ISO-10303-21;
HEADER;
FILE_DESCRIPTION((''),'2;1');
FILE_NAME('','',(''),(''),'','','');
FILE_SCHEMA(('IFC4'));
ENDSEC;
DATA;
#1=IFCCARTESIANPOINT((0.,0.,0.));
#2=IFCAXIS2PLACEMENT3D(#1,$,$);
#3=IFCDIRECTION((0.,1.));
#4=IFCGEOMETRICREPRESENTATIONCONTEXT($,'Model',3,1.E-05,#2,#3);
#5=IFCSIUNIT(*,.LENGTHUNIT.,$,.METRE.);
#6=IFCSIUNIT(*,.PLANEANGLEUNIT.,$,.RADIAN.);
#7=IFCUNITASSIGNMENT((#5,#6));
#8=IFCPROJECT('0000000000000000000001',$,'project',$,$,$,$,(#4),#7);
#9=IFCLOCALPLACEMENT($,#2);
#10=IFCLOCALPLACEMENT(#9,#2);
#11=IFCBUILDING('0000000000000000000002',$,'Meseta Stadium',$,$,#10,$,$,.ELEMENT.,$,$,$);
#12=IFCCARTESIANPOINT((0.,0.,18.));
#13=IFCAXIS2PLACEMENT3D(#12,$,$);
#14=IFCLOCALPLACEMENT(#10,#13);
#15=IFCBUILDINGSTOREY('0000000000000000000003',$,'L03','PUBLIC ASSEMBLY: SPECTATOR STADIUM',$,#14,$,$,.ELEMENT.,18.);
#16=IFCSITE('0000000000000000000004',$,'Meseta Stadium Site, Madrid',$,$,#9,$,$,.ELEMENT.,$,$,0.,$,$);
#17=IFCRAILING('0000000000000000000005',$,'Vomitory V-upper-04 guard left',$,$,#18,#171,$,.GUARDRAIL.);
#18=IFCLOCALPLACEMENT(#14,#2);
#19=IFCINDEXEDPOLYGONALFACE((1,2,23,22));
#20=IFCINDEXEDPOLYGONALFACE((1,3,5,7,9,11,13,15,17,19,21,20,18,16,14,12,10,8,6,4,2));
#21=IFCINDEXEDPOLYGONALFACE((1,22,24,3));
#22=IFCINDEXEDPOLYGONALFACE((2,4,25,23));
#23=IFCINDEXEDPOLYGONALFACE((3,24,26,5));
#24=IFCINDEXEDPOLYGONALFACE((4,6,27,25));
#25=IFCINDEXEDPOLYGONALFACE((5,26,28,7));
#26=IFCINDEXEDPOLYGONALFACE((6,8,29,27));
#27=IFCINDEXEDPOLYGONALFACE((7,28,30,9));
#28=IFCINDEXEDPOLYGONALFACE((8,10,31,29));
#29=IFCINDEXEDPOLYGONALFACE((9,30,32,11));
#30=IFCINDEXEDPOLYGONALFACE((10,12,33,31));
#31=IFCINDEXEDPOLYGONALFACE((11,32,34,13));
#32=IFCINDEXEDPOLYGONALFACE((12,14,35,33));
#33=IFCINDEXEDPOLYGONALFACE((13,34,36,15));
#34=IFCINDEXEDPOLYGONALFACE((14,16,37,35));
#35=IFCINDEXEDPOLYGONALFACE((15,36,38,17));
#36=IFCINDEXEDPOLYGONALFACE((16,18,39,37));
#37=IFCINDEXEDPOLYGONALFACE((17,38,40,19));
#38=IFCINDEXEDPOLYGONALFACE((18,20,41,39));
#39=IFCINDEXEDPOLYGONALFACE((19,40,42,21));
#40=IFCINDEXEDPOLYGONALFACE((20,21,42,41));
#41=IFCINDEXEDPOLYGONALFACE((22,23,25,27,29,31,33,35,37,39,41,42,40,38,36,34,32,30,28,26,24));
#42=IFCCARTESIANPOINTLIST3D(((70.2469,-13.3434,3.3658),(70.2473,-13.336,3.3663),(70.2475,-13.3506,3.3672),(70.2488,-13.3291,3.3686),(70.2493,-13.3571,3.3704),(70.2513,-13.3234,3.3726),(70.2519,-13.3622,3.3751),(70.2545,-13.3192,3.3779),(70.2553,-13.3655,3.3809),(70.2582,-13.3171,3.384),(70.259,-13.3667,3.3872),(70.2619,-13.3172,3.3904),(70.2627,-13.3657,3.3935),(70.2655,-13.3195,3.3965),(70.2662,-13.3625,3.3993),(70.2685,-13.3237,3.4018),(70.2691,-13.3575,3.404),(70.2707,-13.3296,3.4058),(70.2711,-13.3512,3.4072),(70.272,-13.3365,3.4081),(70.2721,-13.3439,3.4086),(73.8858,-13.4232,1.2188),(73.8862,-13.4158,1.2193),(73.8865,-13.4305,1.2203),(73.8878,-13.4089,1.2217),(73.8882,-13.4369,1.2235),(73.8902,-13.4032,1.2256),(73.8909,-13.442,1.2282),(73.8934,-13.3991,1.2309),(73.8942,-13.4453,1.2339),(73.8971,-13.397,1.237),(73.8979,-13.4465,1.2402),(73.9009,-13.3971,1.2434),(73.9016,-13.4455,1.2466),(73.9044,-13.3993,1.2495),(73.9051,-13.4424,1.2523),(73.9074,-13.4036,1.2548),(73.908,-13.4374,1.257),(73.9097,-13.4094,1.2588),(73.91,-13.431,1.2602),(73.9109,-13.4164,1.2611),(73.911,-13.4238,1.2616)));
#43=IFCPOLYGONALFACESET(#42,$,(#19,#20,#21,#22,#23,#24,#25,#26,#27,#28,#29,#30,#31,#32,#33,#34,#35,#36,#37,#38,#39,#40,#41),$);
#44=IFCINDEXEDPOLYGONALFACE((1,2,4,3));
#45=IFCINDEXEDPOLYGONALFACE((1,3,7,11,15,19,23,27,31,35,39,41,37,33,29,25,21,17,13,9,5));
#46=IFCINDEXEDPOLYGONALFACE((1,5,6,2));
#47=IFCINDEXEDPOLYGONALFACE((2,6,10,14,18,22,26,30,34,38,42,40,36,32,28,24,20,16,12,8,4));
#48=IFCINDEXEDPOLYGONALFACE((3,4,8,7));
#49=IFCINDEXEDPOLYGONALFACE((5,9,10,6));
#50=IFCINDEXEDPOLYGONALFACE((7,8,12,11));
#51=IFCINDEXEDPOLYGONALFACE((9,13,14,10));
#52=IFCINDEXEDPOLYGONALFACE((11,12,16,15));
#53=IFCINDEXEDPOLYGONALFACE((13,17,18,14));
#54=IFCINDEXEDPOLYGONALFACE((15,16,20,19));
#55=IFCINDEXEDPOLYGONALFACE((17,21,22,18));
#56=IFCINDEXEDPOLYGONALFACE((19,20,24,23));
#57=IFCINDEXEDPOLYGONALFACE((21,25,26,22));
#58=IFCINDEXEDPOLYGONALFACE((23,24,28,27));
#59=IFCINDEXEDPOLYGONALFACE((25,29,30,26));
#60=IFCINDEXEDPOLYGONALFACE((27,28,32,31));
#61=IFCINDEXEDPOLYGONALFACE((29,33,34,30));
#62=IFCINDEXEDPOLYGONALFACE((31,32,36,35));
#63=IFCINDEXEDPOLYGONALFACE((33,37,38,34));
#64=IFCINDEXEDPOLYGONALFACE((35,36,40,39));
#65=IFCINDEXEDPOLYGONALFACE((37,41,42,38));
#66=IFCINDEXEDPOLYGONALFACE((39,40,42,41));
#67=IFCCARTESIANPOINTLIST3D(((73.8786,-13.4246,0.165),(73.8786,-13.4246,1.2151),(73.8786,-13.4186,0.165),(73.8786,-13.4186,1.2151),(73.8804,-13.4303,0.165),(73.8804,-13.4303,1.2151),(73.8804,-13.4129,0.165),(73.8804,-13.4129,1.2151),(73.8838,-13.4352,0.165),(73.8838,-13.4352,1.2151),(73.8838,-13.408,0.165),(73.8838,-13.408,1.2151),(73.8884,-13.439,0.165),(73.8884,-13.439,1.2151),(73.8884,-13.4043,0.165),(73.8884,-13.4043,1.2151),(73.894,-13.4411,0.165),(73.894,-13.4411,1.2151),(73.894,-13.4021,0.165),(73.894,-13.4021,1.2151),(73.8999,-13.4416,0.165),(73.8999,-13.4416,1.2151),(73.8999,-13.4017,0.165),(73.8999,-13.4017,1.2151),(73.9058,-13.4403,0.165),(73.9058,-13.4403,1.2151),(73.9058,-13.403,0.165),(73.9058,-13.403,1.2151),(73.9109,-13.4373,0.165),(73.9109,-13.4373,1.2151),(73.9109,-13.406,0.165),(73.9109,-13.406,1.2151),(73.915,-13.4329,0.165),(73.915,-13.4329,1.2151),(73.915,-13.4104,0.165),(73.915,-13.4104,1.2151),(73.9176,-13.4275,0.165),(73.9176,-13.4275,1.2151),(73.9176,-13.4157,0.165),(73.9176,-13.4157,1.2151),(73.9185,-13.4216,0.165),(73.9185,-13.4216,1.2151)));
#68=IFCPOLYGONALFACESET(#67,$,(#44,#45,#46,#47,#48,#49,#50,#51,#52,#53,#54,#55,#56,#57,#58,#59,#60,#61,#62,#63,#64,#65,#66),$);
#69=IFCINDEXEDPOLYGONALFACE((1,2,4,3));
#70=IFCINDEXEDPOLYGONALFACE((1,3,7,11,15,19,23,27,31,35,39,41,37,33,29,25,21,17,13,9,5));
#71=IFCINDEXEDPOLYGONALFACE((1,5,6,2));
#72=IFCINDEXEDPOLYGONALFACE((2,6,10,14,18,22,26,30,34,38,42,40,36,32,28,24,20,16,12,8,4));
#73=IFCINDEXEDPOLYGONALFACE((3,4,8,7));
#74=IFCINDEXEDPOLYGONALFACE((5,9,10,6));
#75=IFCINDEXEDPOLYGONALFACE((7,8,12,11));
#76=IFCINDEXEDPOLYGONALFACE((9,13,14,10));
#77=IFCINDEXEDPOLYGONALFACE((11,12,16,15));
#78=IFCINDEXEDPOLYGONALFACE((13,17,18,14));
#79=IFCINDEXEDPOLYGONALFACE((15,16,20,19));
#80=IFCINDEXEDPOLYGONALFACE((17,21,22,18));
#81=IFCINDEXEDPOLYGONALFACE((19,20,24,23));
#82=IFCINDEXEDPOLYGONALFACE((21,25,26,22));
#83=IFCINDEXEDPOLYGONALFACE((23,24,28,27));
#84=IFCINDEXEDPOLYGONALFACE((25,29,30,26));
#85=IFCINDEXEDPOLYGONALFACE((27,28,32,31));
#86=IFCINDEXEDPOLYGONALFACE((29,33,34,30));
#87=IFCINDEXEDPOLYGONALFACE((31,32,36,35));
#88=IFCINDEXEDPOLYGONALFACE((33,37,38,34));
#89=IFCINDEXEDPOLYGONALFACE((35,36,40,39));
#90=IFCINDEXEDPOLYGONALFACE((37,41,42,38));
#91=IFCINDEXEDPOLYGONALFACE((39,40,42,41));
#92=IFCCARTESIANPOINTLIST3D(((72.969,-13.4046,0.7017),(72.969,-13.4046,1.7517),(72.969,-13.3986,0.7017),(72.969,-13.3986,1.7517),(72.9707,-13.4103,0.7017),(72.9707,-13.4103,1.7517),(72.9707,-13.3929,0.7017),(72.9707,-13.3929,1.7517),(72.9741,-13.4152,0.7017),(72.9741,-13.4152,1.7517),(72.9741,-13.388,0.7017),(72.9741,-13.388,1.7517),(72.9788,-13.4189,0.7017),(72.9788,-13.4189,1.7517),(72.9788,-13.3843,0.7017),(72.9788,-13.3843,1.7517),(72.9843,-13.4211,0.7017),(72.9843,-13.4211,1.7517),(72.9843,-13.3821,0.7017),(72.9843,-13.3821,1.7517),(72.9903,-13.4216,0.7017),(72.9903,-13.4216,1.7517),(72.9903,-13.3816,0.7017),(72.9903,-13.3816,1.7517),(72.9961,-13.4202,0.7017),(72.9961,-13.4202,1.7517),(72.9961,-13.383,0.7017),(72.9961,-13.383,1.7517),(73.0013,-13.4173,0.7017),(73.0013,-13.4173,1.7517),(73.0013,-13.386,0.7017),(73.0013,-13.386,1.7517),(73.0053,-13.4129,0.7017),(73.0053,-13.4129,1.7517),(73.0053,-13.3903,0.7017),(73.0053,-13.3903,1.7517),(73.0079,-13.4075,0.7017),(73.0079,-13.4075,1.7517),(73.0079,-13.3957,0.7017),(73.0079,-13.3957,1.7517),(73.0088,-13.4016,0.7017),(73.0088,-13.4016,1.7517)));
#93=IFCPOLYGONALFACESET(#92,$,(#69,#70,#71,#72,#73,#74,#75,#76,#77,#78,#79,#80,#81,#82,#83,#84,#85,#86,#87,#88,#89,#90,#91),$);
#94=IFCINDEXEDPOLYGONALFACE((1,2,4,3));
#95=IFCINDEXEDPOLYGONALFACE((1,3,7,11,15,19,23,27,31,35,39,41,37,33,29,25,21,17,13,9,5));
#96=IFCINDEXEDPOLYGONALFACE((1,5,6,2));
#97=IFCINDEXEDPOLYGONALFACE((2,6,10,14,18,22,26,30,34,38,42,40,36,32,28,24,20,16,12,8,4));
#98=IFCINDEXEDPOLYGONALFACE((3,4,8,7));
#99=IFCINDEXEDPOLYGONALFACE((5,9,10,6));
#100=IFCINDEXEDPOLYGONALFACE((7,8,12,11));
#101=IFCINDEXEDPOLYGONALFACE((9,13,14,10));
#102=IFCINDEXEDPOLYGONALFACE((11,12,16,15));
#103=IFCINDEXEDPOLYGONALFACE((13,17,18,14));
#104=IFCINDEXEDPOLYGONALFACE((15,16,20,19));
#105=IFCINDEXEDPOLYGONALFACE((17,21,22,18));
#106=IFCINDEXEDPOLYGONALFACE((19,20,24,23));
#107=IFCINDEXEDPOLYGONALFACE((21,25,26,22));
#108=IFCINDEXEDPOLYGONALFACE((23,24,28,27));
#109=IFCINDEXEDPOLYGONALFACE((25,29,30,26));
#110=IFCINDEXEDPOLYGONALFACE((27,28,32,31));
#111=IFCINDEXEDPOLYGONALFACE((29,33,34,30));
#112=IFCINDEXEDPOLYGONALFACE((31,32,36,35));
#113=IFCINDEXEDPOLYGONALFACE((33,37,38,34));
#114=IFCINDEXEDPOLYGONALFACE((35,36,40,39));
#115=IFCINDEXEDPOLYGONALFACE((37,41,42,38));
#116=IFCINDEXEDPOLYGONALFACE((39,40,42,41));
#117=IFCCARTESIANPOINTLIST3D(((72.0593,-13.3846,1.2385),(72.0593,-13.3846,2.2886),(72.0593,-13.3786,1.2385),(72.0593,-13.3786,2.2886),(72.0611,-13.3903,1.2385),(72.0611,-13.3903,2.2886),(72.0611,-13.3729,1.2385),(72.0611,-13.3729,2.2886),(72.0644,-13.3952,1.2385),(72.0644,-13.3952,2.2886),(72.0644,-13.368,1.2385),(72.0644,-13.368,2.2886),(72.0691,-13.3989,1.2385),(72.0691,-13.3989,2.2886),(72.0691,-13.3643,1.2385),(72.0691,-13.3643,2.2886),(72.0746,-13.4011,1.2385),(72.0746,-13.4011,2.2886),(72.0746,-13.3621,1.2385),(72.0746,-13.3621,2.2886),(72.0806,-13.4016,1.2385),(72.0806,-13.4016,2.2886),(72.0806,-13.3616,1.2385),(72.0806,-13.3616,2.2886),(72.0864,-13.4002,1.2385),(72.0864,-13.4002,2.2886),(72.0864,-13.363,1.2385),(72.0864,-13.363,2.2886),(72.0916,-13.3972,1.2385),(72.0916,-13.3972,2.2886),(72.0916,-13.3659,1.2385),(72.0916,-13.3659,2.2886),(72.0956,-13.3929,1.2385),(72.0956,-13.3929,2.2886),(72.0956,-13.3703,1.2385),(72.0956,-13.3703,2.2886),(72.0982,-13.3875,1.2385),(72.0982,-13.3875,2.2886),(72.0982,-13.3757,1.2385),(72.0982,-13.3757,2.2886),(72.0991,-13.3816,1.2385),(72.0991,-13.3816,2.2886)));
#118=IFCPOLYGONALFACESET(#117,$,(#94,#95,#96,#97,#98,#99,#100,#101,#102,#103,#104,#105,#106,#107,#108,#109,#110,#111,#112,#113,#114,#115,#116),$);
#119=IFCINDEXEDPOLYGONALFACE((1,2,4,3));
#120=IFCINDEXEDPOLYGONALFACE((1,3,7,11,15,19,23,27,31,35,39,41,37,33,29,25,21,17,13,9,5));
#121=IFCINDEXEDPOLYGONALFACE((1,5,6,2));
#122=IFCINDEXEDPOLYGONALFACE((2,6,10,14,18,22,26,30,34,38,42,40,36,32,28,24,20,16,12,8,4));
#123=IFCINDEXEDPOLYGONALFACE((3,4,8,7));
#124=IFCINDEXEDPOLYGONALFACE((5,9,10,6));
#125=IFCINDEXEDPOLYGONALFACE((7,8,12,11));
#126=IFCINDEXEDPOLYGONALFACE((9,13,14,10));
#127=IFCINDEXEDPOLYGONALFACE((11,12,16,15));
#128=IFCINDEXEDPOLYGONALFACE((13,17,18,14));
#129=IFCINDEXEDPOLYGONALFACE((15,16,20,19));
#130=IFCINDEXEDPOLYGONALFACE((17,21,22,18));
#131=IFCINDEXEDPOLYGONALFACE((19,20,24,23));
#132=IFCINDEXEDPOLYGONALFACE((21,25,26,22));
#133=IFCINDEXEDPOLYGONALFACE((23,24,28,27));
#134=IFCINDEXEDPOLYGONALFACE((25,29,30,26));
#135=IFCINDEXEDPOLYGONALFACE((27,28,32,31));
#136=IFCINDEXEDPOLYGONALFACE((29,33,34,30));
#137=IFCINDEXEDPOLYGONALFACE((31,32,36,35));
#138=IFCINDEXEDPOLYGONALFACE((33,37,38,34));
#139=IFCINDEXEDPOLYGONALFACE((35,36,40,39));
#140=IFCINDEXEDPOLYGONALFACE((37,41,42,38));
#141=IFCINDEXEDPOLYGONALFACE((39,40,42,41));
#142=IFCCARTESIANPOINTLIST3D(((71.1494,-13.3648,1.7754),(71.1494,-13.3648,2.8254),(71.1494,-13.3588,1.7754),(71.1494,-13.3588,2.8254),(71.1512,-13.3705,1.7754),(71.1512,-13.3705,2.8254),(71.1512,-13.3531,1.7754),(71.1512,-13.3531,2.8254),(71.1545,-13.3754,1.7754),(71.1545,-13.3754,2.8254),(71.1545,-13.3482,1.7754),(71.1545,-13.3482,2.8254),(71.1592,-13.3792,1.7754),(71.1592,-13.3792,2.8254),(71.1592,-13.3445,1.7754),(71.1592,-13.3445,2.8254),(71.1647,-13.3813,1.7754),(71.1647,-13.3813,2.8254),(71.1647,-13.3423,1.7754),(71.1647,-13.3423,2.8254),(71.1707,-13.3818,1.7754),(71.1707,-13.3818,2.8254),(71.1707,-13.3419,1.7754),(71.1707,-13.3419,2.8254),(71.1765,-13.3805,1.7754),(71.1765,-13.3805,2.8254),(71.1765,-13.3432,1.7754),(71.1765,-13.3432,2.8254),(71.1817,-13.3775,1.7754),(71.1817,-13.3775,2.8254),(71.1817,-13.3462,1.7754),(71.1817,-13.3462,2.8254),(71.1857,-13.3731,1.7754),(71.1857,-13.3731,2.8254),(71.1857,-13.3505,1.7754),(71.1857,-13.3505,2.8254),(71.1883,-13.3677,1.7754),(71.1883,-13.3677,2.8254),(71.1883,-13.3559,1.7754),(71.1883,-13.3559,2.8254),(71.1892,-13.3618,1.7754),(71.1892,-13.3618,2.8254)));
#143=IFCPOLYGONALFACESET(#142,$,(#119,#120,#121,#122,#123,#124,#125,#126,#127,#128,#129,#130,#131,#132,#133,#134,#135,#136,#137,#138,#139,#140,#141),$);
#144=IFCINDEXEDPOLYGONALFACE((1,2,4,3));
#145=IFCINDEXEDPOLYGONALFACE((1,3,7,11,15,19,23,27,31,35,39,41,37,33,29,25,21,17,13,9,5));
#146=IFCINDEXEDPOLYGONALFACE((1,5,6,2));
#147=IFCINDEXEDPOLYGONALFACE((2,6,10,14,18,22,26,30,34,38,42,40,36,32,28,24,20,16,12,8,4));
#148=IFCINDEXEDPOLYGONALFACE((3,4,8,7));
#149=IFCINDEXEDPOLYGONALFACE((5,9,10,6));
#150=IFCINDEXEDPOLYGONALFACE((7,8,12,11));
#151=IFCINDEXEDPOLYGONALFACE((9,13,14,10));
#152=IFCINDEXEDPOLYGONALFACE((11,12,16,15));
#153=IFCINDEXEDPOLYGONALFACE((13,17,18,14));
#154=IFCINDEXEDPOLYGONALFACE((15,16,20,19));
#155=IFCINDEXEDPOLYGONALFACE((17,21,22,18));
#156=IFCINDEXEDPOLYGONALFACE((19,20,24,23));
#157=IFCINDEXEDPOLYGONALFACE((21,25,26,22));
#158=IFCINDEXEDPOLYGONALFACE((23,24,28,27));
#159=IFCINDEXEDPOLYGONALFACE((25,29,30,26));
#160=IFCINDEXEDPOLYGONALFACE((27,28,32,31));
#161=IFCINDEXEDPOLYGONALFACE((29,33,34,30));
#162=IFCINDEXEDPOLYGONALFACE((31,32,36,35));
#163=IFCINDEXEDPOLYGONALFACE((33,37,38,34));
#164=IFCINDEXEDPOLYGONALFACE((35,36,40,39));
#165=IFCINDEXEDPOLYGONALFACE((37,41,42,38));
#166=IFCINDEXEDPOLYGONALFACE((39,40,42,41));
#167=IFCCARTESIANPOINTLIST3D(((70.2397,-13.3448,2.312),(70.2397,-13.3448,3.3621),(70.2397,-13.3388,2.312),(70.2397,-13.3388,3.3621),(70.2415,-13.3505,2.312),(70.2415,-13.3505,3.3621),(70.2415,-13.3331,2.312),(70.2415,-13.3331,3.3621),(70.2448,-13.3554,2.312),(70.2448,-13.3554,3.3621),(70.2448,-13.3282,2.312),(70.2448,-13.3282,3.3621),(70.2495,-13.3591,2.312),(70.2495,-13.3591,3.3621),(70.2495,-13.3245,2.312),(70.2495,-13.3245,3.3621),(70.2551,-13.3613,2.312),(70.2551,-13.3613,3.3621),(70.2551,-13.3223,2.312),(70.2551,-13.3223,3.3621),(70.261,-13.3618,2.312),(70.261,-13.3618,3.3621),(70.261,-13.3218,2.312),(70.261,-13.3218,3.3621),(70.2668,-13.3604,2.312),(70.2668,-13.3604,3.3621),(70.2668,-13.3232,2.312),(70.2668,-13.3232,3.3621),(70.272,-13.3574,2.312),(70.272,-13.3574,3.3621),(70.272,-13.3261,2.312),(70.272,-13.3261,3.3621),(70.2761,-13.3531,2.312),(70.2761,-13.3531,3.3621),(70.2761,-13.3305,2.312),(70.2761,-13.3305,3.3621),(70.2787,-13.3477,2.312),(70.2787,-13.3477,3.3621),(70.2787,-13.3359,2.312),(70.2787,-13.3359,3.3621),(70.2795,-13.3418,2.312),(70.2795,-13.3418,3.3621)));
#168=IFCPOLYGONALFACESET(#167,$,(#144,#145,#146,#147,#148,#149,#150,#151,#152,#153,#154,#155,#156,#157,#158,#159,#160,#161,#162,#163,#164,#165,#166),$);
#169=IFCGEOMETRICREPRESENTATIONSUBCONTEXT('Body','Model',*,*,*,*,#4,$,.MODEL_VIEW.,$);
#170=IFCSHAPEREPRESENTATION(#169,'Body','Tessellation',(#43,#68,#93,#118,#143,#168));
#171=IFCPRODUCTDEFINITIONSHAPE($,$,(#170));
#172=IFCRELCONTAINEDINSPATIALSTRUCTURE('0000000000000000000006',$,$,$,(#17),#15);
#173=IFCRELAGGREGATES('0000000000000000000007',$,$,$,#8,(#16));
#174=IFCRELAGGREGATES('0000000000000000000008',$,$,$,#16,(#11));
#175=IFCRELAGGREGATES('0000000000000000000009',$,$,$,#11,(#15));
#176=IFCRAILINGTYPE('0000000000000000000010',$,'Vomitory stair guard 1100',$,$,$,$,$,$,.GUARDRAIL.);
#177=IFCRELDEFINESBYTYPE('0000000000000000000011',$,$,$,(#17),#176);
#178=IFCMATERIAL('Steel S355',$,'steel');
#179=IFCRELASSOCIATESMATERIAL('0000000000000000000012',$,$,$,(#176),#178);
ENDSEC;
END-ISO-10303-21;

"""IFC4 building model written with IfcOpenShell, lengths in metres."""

from ifc_helpers import new_model, si_unit, direction, frame, origin, origin_2d, place, context, subcontext, project, spatial, circle, extrude, material, type_object, element, save


model = new_model("IFC4")

# Units and contexts
model_context = context("Model", 3, precision=1e-05, world=origin(), true_north=direction((0.0, 1.0)))
body_context = subcontext(model_context, "Body", "Model", "MODEL_VIEW")
ifc_project = project(units=[si_unit("LENGTHUNIT", "METRE"), si_unit("PLANEANGLEUNIT", "RADIAN")], contexts=[model_context])

# Site, building, storey
site_placement = place(None, origin())
site = spatial("IfcSite", under=ifc_project, at=site_placement, Name="Meseta Stadium Site, Madrid", CompositionType="ELEMENT", RefElevation=0.0)
building_placement = place(site_placement, origin())
building = spatial("IfcBuilding", under=site, at=building_placement, Name="Meseta Stadium", CompositionType="ELEMENT")
storey_placement = place(building_placement, frame((0.0, 0.0, 18.0)))
storey = spatial("IfcBuildingStorey", under=building, at=storey_placement, Name="L03", Description="PUBLIC ASSEMBLY: SPECTATOR STADIUM", CompositionType="ELEMENT", Elevation=18.0)

# Railing
ifc_material_1 = material(Name="Steel S355", Category="steel")
railing_type_1 = type_object("IfcRailingType", Name="Vomitory stair guard 1100", PredefinedType="GUARDRAIL", material=ifc_material_1)
railing_1_placement = place(storey_placement, frame((73.8984, -13.4216, 0.165)))
element("IfcRailing", 1, at=railing_1_placement, inside=storey, type_object=railing_type_1, Name="Vomitory V-upper-04 guard left", PredefinedType="GUARDRAIL", context=body_context, shape_type="SweptSolid", body=[
    extrude(circle(Radius=0.0249, at=origin_2d()), frame((0.0, 0.0, 1.0752), z_axis=(-0.861114, 0.018892, 0.50806), x_axis=(-0.021934, -0.999759, 0.0)), (0.0, 0.0, 1.0), 4.2258),
    extrude(circle(Radius=0.02, at=origin_2d()), origin(), (0.0, 0.0, 1.0), 1.05),
    extrude(circle(Radius=0.02, at=origin_2d()), frame((-0.9097, 0.02, 0.5366)), (0.0, 0.0, 1.0), 1.05),
    extrude(circle(Radius=0.02, at=origin_2d()), frame((-1.8193, 0.04, 1.0735)), (0.0, 0.0, 1.0), 1.05),
    extrude(circle(Radius=0.02, at=origin_2d()), frame((-2.7292, 0.0598, 1.6104)), (0.0, 0.0, 1.0), 1.05),
    extrude(circle(Radius=0.02, at=origin_2d()), frame((-3.6389, 0.0798, 2.147)), (0.0, 0.0, 1.0), 1.05),
])

save(model, "model.ifc")
